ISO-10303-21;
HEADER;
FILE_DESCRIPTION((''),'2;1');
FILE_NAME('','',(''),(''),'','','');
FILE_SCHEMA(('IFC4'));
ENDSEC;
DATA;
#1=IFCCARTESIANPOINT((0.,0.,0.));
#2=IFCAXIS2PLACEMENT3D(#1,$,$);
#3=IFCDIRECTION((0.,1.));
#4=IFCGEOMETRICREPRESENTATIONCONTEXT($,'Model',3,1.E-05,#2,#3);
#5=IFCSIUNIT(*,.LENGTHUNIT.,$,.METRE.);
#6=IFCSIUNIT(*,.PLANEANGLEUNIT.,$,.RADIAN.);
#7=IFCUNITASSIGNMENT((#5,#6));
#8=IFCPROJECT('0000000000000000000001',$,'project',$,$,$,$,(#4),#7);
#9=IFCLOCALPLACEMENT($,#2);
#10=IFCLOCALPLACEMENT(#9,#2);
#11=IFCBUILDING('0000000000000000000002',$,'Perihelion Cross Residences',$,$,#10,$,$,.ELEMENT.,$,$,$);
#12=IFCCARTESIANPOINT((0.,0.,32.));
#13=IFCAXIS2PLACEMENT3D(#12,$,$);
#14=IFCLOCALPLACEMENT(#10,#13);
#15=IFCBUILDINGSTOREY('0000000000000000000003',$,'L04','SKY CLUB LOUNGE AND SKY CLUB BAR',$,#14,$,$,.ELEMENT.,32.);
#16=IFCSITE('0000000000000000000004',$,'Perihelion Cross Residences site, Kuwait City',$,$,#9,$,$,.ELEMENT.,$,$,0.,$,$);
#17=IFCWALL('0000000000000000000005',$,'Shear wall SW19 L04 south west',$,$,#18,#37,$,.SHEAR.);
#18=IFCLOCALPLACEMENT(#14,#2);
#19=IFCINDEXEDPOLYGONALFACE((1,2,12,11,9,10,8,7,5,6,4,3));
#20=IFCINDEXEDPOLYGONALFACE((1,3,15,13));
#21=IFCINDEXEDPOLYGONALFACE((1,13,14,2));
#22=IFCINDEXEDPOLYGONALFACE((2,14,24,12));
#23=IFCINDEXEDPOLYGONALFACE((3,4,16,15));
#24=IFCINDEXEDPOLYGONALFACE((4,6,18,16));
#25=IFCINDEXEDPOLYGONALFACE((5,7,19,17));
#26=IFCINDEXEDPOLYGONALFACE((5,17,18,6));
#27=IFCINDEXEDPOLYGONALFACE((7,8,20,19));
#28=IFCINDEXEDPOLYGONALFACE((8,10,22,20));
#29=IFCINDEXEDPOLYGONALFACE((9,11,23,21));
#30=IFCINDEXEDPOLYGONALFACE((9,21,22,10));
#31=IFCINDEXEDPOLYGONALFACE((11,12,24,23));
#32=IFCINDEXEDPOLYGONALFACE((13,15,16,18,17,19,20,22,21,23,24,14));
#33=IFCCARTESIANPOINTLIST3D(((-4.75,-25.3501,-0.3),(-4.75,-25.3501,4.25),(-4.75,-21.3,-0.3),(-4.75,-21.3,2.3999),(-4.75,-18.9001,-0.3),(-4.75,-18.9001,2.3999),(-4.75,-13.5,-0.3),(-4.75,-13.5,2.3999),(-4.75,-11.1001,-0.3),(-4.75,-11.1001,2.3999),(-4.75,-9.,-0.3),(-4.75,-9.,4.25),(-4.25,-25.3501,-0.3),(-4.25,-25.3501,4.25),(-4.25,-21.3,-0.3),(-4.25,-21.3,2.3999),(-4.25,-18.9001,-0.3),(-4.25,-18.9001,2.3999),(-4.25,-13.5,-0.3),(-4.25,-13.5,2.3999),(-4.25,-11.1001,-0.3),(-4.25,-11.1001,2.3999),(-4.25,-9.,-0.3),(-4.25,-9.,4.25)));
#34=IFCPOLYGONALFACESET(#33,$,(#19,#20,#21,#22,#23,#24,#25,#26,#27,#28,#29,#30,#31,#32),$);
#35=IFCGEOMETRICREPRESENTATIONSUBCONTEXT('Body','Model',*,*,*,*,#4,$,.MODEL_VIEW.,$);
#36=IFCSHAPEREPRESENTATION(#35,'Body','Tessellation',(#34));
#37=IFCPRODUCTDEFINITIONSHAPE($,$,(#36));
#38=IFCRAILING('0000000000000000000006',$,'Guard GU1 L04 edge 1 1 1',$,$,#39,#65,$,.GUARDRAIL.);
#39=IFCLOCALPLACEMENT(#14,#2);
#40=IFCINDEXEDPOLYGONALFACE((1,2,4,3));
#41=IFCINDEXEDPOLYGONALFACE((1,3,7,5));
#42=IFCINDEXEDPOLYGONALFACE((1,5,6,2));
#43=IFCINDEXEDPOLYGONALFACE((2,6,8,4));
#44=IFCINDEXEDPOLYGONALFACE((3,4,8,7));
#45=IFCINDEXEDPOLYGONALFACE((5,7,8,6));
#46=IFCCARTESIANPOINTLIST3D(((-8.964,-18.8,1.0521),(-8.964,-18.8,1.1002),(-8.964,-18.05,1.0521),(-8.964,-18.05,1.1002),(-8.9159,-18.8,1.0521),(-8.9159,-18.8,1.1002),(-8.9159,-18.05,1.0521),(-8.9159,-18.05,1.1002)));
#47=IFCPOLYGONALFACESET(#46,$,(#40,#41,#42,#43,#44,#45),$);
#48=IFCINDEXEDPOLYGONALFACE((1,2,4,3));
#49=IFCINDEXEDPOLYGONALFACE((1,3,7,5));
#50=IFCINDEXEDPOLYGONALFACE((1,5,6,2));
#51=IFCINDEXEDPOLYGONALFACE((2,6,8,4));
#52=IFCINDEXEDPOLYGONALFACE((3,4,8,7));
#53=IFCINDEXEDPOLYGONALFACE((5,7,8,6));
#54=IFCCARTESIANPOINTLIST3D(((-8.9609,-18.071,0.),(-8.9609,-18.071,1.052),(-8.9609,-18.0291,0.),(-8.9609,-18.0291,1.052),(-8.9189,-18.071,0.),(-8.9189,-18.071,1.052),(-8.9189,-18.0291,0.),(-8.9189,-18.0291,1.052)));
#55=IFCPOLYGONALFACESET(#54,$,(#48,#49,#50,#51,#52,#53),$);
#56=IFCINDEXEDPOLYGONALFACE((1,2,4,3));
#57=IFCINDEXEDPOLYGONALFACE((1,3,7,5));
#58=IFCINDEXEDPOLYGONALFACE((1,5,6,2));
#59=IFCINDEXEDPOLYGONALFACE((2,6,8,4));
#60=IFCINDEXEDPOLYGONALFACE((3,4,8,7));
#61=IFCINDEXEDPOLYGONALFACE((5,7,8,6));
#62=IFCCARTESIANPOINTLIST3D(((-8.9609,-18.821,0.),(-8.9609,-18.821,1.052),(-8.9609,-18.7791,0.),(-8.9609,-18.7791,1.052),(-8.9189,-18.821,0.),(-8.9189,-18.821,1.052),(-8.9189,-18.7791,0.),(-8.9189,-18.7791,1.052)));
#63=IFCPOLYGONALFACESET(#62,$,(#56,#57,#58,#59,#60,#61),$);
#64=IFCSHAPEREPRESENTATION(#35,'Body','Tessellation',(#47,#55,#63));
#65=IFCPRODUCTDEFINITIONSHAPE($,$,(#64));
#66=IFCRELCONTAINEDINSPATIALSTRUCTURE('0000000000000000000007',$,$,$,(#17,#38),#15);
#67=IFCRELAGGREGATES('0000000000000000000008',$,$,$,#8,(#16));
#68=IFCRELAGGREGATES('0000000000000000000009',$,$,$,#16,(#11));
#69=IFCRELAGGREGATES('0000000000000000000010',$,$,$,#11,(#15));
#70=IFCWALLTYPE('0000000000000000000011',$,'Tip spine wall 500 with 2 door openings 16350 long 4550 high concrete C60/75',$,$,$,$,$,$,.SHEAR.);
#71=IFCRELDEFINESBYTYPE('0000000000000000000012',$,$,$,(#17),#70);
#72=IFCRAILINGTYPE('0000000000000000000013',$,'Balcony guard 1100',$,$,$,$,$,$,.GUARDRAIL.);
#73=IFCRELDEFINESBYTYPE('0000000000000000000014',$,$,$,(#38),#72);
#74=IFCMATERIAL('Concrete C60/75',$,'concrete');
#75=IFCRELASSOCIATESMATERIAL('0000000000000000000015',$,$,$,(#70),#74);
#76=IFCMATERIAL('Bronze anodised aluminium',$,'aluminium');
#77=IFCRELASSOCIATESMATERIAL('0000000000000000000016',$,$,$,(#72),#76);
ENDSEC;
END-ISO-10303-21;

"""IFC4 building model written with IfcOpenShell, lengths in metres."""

from ifc_helpers import new_model, si_unit, direction, frame, origin, origin_2d, place, context, subcontext, project, spatial, polyline, rectangle, outline, extrude, material, material_profile, profile_set, type_object, element, save


model = new_model("IFC4")

# Units and contexts
model_context = context("Model", 3, precision=1e-05, world=origin(), true_north=direction((0.0, 1.0)))
body_context = subcontext(model_context, "Body", "Model", "MODEL_VIEW")
ifc_project = project(units=[si_unit("LENGTHUNIT", "METRE"), si_unit("PLANEANGLEUNIT", "RADIAN")], contexts=[model_context])

# Site, building, storey
site_placement = place(None, origin())
site = spatial("IfcSite", under=ifc_project, at=site_placement, Name="Perihelion Cross Residences site, Kuwait City", CompositionType="ELEMENT", RefElevation=0.0)
building_placement = place(site_placement, origin())
building = spatial("IfcBuilding", under=site, at=building_placement, Name="Perihelion Cross Residences", CompositionType="ELEMENT")
storey_placement = place(building_placement, frame((0.0, 0.0, 32.0)))
storey = spatial("IfcBuildingStorey", under=building, at=storey_placement, Name="L04", Description="SKY CLUB LOUNGE AND SKY CLUB BAR", CompositionType="ELEMENT", Elevation=32.0)

# Wall
ifc_material_1 = material(Name="Concrete C60/75", Category="concrete")
ifc_material_profile_1 = material_profile(ifc_material_1, outline(polyline([(0.0, 0.0), (4.05, 0.0), (4.05, 2.7), (6.45, 2.7), (6.45, 0.0), (11.8501, 0.0), (11.8501, 2.7), (14.25, 2.7), (14.25, 0.0), (16.3501, 0.0), (16.3501, 4.55), (0.0, 4.55), (0.0, 0.0)])), Name="Tip spine wall")
ifc_profile_set_1 = profile_set([ifc_material_profile_1], Name="Concrete C60/75")
wall_type_1 = type_object("IfcWallType", Name="Tip spine wall 500 with 2 door openings 16350 long 4550 high concrete C60/75", PredefinedType="SHEAR", material=ifc_profile_set_1)
wall_1_placement = place(storey_placement, frame((-4.75, -25.3501, -0.3), z_axis=(1.0, 0.0, 0.0), x_axis=(0.0, 1.0, 0.0)))
element("IfcWall", 1, at=wall_1_placement, inside=storey, type_object=wall_type_1, Name="Shear wall SW19 L04 south west", PredefinedType="SHEAR", context=body_context, shape_type="SweptSolid", body=[
    extrude(outline(polyline([(0.0, 0.0), (4.05, 0.0), (4.05, 2.7), (6.45, 2.7), (6.45, 0.0), (11.8501, 0.0), (11.8501, 2.7), (14.25, 2.7), (14.25, 0.0), (16.3501, 0.0), (16.3501, 4.55), (0.0, 4.55), (0.0, 0.0)])), origin(), (0.0, 0.0, 1.0), 0.5),
])

# Railing
ifc_material_2 = material(Name="Bronze anodised aluminium", Category="aluminium")
railing_type = type_object("IfcRailingType", Name="Balcony guard 1100", PredefinedType="GUARDRAIL", material=ifc_material_2)
railing_placement = place(storey_placement, frame((-8.9399, -18.05, 0.0)))
element("IfcRailing", 2, at=railing_placement, inside=storey, type_object=railing_type, Name="Guard GU1 L04 edge 1 1 1", PredefinedType="GUARDRAIL", context=body_context, shape_type="SweptSolid", body=[
    extrude(rectangle(XDim=0.0481, YDim=0.0481, at=origin_2d()), frame((0.0, 0.0, 1.0762), z_axis=(0.0, -1.0, 0.0), x_axis=(1.0, 0.0, 0.0)), (0.0, 0.0, 1.0), 0.75),
    extrude(rectangle(XDim=0.042, YDim=0.042, at=origin_2d()), origin(), (0.0, 0.0, 1.0), 1.052),
    extrude(rectangle(XDim=0.042, YDim=0.042, at=origin_2d()), frame((0.0, -0.75, 0.0)), (0.0, 0.0, 1.0), 1.052),
])

save(model, "model.ifc")
